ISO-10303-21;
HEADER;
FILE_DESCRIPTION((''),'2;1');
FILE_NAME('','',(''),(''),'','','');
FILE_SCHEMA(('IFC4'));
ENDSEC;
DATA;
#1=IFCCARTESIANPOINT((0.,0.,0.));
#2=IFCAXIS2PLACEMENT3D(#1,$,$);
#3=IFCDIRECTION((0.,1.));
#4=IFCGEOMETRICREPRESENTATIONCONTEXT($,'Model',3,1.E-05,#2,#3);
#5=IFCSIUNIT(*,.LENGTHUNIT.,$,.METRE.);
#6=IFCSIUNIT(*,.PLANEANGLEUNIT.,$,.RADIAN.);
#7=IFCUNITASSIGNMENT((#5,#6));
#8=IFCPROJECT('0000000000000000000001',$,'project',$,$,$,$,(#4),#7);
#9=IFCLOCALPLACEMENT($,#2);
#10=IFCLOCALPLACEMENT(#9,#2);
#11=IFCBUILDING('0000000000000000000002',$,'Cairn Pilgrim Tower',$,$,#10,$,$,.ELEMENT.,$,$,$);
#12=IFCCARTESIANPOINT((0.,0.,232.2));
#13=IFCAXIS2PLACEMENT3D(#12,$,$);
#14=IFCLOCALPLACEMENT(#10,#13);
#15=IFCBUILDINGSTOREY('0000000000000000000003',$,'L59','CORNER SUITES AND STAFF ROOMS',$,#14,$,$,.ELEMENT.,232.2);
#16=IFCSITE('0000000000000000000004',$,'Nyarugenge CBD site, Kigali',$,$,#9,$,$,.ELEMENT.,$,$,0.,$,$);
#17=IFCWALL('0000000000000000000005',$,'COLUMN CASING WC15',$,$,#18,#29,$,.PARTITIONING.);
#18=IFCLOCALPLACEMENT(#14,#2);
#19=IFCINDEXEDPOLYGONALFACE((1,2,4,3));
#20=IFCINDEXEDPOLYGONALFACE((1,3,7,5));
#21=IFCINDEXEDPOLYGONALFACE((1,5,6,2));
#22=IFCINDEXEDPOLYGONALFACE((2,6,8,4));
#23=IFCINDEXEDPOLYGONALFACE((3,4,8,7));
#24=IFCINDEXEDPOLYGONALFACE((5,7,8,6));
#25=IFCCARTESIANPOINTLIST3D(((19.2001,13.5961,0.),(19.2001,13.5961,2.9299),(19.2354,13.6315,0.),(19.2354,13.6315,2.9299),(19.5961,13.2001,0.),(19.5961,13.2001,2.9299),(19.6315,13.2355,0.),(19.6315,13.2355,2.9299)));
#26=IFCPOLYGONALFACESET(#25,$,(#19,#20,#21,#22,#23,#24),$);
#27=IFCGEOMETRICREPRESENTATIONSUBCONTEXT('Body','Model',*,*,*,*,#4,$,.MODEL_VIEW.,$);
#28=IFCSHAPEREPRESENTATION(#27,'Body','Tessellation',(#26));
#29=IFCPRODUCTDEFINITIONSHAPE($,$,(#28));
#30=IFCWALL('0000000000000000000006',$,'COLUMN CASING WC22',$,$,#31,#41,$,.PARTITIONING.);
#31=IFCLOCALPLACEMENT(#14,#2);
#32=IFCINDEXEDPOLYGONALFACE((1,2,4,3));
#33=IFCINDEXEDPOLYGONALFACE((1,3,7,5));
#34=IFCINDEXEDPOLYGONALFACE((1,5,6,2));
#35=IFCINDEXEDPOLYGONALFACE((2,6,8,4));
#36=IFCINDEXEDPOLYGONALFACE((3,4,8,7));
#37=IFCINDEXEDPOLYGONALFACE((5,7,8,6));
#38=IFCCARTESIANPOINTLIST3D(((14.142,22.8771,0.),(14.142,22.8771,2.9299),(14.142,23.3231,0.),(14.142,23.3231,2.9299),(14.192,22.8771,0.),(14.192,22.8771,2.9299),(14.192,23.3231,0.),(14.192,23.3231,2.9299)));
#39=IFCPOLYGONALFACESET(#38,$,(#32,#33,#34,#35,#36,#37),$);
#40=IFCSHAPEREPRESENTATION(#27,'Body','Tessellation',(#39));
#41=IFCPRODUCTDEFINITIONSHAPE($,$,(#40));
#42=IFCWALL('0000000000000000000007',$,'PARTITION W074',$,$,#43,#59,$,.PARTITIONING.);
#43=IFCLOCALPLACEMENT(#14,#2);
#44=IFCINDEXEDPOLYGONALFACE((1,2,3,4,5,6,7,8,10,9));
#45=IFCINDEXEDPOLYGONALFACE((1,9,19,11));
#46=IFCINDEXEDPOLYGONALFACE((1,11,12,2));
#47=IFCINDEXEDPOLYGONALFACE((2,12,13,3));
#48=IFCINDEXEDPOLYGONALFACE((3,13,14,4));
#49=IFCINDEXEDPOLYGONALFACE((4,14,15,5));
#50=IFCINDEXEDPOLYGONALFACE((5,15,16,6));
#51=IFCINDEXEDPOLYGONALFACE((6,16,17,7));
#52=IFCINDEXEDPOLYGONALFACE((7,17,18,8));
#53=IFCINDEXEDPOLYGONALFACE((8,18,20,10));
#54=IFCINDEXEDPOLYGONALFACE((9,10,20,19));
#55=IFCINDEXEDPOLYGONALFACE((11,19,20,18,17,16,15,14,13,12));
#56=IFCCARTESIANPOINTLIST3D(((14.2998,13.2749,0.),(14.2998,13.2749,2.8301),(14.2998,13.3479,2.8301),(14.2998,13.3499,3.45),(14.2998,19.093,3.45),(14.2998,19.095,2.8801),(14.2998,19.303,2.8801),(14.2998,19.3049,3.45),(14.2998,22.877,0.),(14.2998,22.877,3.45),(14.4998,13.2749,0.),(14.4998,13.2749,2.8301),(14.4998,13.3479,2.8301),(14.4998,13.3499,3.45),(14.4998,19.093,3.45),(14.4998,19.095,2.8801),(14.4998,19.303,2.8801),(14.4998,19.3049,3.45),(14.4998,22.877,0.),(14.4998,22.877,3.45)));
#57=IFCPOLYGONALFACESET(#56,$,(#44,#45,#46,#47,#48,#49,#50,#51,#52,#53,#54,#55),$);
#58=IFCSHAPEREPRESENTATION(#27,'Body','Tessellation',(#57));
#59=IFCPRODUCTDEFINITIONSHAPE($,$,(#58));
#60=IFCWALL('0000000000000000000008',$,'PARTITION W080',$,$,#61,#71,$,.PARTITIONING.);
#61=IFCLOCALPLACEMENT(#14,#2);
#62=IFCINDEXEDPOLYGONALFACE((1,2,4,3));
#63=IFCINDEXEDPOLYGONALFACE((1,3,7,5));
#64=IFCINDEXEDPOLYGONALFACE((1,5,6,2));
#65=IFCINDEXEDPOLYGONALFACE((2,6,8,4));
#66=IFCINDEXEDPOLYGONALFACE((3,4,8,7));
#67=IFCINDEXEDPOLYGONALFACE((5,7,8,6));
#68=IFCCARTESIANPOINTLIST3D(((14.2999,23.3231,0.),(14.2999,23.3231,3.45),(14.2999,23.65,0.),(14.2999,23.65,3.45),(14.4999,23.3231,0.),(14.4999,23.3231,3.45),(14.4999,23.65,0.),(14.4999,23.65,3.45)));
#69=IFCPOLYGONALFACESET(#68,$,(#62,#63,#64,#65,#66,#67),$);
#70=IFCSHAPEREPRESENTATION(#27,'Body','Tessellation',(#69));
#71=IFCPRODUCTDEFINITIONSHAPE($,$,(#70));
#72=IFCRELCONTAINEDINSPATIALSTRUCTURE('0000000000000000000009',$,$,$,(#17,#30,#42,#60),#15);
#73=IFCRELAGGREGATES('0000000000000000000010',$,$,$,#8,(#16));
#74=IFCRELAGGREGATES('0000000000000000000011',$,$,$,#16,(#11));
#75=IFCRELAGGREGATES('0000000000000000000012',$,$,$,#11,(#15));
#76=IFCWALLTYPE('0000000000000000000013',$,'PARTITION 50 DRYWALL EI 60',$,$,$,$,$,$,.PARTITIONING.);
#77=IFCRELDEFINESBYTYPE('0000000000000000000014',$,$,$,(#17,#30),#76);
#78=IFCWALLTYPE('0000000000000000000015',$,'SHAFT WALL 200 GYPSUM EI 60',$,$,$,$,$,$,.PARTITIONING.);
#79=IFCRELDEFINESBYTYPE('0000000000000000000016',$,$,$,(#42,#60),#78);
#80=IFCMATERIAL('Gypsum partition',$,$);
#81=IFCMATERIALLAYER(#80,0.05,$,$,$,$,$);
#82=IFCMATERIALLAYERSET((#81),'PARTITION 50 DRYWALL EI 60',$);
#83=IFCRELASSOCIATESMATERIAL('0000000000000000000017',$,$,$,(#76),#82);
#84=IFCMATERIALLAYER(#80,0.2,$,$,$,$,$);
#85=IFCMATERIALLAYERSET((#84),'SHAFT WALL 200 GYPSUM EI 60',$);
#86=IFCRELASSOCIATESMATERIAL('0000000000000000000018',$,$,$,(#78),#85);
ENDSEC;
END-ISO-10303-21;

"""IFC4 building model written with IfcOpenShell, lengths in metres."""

from ifc_helpers import new_model, si_unit, direction, frame, frame_2d, origin, place, context, subcontext, project, spatial, polyline, rectangle, outline, extrude, material, layer, layer_set, type_object, element, save


model = new_model("IFC4")

# Units and contexts
model_context = context("Model", 3, precision=1e-05, world=origin(), true_north=direction((0.0, 1.0)))
body_context = subcontext(model_context, "Body", "Model", "MODEL_VIEW")
ifc_project = project(units=[si_unit("LENGTHUNIT", "METRE"), si_unit("PLANEANGLEUNIT", "RADIAN")], contexts=[model_context])

# Site, building, storey
site_placement = place(None, origin())
site = spatial("IfcSite", under=ifc_project, at=site_placement, Name="Nyarugenge CBD site, Kigali", CompositionType="ELEMENT", RefElevation=0.0)
building_placement = place(site_placement, origin())
building = spatial("IfcBuilding", under=site, at=building_placement, Name="Cairn Pilgrim Tower", CompositionType="ELEMENT")
storey_placement = place(building_placement, frame((0.0, 0.0, 232.2)))
storey = spatial("IfcBuildingStorey", under=building, at=storey_placement, Name="L59", Description="CORNER SUITES AND STAFF ROOMS", CompositionType="ELEMENT", Elevation=232.2)

# Shared definitions
ifc_material_1 = material(Name="Gypsum partition")

# Walls
ifc_layer_1 = layer(ifc_material_1, 0.05)
ifc_layer_set_1 = layer_set([ifc_layer_1], Name="PARTITION 50 DRYWALL EI 60")
wall_type_1 = type_object("IfcWallType", Name="PARTITION 50 DRYWALL EI 60", PredefinedType="PARTITIONING", material=ifc_layer_set_1)
wall_1_placement = place(storey_placement, frame((19.6138, 13.2178, 0.0), z_axis=(0.0, 0.0, 1.0), x_axis=(-0.707107, 0.707107, 0.0)))
element("IfcWall", 1, at=wall_1_placement, inside=storey, type_object=wall_type_1, Name="COLUMN CASING WC15", PredefinedType="PARTITIONING", context=body_context, shape_type="SweptSolid", body=[
    extrude(rectangle(XDim=0.5601, YDim=0.05, at=frame_2d((0.28, 0.0))), origin(), (0.0, 0.0, 1.0), 2.9299),
])
wall_2_placement = place(storey_placement, frame((14.167, 22.877, 0.0), z_axis=(0.0, 0.0, 1.0), x_axis=(0.0, 1.0, 0.0)))
element("IfcWall", 2, at=wall_2_placement, inside=storey, type_object=wall_type_1, Name="COLUMN CASING WC22", PredefinedType="PARTITIONING", context=body_context, shape_type="SweptSolid", body=[
    extrude(rectangle(XDim=0.446, YDim=0.05, at=frame_2d((0.2231, 0.0))), origin(), (0.0, 0.0, 1.0), 2.9299),
])
ifc_layer_2 = layer(ifc_material_1, 0.2)
ifc_layer_set_2 = layer_set([ifc_layer_2], Name="SHAFT WALL 200 GYPSUM EI 60")
wall_type_2 = type_object("IfcWallType", Name="SHAFT WALL 200 GYPSUM EI 60", PredefinedType="PARTITIONING", material=ifc_layer_set_2)
wall_3_placement = place(storey_placement, frame((14.3999, 13.2749, 0.0), z_axis=(0.0, 0.0, 1.0), x_axis=(0.0, 1.0, 0.0)))
element("IfcWall", 3, at=wall_3_placement, inside=storey, type_object=wall_type_2, Name="PARTITION W074", PredefinedType="PARTITIONING", context=body_context, shape_type="SweptSolid", body=[
    extrude(outline(polyline([(0.0, 0.0), (9.6021, 0.0), (9.6021, 3.45), (6.03, 3.45), (6.0281, 2.8801), (5.8201, 2.8801), (5.8181, 3.45), (0.075, 3.45), (0.073, 2.8301), (0.0, 2.8301), (0.0, 0.0)])), frame((0.0, 0.1001, 0.0), z_axis=(0.0, -1.0, 0.0), x_axis=(1.0, 0.0, 0.0)), (0.0, 0.0, 1.0), 0.2),
])
wall_4_placement = place(storey_placement, frame((14.3999, 23.323, 0.0), z_axis=(0.0, 0.0, 1.0), x_axis=(0.0, 1.0, 0.0)))
element("IfcWall", 4, at=wall_4_placement, inside=storey, type_object=wall_type_2, Name="PARTITION W080", PredefinedType="PARTITIONING", context=body_context, shape_type="SweptSolid", body=[
    extrude(rectangle(XDim=0.3269, YDim=0.2, at=frame_2d((0.1636, 0.0))), origin(), (0.0, 0.0, 1.0), 3.45),
])

save(model, "model.ifc")
